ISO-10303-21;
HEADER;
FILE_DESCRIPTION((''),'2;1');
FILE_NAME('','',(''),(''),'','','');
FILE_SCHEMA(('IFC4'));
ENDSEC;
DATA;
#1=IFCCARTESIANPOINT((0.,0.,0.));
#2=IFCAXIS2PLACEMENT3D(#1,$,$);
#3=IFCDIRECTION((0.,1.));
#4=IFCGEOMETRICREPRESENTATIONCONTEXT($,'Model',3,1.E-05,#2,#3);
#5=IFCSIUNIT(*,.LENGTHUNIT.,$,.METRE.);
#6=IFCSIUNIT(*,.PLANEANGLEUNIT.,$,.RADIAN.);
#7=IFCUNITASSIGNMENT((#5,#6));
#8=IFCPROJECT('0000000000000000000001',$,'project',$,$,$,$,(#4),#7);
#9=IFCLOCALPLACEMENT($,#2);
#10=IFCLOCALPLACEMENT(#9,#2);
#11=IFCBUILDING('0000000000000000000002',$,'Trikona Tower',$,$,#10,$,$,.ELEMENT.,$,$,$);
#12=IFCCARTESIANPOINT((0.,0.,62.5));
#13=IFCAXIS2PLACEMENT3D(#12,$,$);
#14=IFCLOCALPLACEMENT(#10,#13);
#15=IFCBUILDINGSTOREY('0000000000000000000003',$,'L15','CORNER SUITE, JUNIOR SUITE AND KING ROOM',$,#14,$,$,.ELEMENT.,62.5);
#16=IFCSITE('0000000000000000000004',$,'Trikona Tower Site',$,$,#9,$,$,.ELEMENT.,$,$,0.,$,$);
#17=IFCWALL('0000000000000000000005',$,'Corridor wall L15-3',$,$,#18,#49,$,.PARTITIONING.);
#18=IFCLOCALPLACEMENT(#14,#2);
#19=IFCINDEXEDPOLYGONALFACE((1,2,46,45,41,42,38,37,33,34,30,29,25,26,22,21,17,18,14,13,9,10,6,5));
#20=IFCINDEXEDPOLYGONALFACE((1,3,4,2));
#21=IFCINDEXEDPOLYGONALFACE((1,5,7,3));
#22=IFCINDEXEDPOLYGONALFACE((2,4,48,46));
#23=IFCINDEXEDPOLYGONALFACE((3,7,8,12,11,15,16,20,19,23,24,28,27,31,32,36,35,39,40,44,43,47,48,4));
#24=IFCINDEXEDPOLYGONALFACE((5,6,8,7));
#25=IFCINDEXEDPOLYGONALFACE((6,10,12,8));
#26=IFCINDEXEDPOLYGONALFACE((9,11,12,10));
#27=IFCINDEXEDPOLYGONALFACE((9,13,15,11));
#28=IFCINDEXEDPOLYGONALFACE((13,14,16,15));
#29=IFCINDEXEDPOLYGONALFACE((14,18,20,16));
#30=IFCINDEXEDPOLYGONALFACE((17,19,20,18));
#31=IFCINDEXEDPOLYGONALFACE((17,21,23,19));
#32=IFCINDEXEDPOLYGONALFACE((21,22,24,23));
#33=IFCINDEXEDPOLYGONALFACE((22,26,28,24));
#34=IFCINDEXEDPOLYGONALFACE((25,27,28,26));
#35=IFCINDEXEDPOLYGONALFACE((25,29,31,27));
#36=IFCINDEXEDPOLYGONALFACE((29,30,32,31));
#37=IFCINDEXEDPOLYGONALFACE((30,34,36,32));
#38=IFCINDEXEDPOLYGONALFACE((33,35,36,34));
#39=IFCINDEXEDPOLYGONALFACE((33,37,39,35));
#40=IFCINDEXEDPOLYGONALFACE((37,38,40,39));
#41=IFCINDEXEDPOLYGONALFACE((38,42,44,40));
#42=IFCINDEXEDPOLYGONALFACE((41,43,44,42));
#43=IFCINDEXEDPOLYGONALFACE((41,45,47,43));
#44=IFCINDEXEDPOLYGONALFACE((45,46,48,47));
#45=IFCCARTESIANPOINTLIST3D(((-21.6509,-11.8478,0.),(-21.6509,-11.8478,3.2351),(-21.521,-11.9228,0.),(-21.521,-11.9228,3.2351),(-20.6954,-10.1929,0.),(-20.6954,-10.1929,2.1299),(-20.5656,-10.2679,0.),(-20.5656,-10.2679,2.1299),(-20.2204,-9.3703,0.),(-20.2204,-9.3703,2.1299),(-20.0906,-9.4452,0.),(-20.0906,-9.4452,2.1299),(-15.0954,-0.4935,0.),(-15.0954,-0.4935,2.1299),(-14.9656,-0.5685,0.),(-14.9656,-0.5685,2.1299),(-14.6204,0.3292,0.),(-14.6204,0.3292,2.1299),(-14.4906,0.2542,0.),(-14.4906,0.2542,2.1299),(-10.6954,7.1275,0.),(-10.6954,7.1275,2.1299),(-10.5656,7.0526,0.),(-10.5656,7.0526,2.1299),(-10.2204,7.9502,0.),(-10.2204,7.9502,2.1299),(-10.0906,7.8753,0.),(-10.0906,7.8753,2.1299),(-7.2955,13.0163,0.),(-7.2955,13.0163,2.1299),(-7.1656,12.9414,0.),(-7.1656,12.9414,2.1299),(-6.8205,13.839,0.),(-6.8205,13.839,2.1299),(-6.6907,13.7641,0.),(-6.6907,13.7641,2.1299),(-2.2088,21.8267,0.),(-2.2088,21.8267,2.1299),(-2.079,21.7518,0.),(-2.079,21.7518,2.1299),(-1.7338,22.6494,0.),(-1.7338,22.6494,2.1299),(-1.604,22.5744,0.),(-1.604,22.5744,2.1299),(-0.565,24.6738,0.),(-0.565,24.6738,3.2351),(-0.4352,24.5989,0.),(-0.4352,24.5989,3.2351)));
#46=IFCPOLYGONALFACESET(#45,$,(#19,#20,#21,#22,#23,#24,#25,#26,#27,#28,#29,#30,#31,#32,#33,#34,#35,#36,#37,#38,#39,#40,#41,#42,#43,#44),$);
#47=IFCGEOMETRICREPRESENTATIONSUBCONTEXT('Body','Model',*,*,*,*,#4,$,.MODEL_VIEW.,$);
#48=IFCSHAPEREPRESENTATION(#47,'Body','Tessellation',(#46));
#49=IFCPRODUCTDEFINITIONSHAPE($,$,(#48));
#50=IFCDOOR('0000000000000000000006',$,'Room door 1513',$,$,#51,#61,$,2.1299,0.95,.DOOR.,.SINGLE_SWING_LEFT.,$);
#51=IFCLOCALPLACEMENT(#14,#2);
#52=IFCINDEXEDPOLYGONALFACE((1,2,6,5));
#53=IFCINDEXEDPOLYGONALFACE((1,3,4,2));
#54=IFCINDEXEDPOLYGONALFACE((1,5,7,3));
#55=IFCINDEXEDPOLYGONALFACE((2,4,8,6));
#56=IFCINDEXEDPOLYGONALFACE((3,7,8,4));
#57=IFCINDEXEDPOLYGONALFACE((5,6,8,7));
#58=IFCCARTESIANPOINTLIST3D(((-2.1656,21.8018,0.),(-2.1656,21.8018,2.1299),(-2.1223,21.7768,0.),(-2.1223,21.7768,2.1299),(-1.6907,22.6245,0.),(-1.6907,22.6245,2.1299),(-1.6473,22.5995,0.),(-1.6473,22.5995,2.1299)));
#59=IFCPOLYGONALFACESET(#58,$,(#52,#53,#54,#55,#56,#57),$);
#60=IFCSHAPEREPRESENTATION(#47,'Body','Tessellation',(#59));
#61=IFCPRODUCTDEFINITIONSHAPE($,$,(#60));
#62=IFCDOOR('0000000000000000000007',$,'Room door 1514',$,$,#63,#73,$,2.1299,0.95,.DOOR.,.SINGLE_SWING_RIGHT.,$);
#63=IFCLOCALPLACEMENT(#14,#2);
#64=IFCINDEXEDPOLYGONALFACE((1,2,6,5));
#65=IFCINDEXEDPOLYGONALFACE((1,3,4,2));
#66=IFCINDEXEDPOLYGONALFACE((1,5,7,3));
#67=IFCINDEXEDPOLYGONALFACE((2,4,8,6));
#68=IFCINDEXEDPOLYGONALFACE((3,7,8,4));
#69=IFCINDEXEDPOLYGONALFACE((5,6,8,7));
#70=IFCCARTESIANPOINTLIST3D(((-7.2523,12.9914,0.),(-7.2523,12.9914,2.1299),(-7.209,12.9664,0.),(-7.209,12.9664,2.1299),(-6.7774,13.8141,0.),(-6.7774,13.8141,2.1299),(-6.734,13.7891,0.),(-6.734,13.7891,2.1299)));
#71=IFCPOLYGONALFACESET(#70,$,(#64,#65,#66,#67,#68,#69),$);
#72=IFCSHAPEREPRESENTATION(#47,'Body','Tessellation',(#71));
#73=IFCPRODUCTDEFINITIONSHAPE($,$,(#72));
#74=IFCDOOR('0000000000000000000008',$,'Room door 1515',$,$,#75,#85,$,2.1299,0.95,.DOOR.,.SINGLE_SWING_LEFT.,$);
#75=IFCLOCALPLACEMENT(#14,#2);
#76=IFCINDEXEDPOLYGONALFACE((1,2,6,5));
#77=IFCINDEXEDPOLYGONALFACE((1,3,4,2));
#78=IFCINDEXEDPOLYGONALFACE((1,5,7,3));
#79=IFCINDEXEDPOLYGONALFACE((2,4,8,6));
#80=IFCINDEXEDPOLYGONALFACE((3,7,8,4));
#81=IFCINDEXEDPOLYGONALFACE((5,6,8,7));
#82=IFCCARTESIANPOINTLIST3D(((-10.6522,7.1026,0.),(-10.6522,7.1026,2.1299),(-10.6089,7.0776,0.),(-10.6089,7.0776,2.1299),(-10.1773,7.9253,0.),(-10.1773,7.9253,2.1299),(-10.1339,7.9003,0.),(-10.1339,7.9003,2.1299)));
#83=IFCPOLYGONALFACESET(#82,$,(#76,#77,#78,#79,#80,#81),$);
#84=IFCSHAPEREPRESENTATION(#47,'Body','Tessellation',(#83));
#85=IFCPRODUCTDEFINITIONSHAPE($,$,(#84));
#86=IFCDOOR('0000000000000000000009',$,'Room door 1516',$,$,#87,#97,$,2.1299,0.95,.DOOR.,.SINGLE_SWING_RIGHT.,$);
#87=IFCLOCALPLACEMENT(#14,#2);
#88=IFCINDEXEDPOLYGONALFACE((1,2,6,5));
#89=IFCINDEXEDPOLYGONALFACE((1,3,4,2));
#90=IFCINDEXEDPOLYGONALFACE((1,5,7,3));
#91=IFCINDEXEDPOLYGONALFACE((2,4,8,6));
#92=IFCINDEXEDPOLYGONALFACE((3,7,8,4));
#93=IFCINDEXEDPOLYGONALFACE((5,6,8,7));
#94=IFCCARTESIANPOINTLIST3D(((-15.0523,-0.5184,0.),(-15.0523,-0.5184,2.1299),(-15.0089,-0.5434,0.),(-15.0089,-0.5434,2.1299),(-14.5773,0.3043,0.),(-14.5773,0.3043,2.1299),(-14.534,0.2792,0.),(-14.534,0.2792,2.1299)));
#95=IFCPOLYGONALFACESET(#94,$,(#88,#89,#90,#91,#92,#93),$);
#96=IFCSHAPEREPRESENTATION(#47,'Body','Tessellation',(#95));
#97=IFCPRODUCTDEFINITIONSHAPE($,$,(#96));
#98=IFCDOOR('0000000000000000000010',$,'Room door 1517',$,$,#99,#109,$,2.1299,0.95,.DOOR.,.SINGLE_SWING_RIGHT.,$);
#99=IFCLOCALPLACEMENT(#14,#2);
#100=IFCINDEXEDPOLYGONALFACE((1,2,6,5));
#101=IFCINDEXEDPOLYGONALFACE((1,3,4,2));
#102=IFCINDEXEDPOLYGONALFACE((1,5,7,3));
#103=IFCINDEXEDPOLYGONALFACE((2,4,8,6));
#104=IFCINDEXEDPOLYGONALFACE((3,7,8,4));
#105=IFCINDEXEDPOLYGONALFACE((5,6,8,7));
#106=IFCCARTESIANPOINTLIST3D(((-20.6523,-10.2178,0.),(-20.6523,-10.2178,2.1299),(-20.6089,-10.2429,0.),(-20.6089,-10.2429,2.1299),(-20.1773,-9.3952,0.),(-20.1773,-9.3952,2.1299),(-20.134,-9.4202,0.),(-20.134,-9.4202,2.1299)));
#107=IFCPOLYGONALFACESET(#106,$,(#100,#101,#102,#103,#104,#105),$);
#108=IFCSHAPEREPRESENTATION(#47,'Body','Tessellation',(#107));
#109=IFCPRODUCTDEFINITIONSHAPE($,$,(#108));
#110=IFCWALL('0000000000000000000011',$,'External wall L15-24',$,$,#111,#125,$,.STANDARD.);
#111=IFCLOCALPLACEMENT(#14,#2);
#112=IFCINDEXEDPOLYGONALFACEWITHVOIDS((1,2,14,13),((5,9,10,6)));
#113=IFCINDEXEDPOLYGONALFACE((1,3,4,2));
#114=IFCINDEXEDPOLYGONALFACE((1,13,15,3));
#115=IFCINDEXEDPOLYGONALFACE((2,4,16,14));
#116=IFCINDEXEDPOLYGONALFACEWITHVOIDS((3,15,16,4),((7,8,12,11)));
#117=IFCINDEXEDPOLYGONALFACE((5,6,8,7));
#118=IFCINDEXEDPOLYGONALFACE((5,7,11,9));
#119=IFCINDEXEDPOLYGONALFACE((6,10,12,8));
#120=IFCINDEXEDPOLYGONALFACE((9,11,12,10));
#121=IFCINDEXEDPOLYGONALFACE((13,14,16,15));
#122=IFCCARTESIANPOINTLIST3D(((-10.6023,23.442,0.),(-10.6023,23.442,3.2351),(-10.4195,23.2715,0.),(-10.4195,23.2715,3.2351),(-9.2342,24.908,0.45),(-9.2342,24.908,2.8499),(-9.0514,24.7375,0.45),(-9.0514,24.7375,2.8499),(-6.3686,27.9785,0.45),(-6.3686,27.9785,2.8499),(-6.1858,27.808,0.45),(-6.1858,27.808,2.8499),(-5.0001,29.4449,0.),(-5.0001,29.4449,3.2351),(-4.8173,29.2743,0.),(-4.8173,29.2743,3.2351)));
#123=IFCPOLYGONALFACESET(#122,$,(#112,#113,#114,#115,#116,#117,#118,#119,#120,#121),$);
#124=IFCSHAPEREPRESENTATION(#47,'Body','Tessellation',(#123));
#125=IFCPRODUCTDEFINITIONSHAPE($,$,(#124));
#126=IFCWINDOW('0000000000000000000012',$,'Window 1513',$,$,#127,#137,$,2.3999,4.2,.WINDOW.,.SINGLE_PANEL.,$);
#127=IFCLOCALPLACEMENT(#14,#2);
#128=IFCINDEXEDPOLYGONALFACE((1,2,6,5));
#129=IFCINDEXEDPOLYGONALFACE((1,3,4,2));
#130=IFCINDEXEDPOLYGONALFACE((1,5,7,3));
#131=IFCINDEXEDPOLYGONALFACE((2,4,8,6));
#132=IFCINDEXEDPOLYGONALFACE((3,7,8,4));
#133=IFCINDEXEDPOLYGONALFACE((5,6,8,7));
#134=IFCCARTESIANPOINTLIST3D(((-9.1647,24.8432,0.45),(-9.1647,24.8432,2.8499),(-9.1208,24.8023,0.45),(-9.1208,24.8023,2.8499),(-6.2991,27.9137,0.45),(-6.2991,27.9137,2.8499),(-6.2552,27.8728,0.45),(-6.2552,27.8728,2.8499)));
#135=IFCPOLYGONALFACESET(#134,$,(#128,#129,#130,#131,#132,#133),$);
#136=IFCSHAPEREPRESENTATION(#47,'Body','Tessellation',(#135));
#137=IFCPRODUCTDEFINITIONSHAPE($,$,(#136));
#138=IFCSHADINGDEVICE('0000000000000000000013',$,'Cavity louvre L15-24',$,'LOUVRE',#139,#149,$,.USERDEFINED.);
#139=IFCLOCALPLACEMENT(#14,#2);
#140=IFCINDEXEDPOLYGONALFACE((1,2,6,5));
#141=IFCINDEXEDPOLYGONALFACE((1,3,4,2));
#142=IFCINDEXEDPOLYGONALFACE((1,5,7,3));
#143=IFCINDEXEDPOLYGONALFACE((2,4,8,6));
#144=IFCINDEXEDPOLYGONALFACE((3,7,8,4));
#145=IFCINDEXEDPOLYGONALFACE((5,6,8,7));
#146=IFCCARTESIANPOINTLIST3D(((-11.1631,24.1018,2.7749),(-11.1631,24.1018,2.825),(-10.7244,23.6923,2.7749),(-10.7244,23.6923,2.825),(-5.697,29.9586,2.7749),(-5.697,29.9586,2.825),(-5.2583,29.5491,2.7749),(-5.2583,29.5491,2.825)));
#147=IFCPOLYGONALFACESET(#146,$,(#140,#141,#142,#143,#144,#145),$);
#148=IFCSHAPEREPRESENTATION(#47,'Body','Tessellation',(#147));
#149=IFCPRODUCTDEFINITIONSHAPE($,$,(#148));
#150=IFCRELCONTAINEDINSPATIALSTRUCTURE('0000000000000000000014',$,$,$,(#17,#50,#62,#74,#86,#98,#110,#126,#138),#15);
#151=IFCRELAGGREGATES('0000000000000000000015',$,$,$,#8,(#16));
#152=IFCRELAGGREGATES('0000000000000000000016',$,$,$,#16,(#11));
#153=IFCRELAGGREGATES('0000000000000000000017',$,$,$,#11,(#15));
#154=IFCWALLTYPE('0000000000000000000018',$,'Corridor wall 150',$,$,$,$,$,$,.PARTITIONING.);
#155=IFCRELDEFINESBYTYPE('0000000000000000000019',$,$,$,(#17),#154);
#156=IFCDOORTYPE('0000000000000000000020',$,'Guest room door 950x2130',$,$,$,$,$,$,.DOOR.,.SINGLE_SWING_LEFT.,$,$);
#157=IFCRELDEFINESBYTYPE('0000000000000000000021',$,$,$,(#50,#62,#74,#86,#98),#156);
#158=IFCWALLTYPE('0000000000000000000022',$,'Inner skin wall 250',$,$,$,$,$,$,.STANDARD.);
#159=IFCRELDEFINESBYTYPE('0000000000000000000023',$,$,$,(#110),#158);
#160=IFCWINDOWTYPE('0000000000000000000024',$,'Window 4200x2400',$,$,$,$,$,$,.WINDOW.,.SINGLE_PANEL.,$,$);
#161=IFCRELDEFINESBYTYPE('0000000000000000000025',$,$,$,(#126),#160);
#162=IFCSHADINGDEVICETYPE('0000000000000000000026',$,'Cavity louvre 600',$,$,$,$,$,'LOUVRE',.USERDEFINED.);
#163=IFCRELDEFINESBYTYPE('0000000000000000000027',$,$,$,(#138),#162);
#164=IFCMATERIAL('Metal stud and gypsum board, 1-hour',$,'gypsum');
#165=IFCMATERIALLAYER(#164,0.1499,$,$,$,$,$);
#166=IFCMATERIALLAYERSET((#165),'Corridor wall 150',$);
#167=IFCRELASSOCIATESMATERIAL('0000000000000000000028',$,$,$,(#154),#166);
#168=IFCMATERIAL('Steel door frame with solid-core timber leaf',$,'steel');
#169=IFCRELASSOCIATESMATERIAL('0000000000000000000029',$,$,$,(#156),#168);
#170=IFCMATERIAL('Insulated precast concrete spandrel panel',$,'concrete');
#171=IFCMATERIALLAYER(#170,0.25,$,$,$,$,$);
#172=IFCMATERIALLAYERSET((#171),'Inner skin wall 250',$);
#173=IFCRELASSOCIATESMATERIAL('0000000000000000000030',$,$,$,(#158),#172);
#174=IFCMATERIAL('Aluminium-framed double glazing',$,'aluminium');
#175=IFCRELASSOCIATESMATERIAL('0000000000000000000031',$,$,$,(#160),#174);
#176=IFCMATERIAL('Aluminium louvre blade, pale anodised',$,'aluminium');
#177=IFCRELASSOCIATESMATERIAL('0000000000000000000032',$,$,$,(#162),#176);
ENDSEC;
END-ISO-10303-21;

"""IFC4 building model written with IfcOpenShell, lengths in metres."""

from ifc_helpers import new_model, si_unit, direction, frame, frame_2d, origin, origin_2d, place, context, subcontext, project, spatial, rectangle, extrude, material, layer, layer_set, type_object, element, fill, save


model = new_model("IFC4")

# Units and contexts
model_context = context("Model", 3, precision=1e-05, world=origin(), true_north=direction((0.0, 1.0)))
body_context = subcontext(model_context, "Body", "Model", "MODEL_VIEW")
ifc_project = project(units=[si_unit("LENGTHUNIT", "METRE"), si_unit("PLANEANGLEUNIT", "RADIAN")], contexts=[model_context])

# Site, building, storey
site_placement = place(None, origin())
site = spatial("IfcSite", under=ifc_project, at=site_placement, Name="Trikona Tower Site", CompositionType="ELEMENT", RefElevation=0.0)
building_placement = place(site_placement, origin())
building = spatial("IfcBuilding", under=site, at=building_placement, Name="Trikona Tower", CompositionType="ELEMENT")
storey_placement = place(building_placement, frame((0.0, 0.0, 62.5)))
storey = spatial("IfcBuildingStorey", under=building, at=storey_placement, Name="L15", Description="CORNER SUITE, JUNIOR SUITE AND KING ROOM", CompositionType="ELEMENT", Elevation=62.5)

# Wall, openings, doors
ifc_material_1 = material(Name="Metal stud and gypsum board, 1-hour", Category="gypsum")
ifc_layer_1 = layer(ifc_material_1, 0.1499)
ifc_layer_set_1 = layer_set([ifc_layer_1], Name="Corridor wall 150")
wall_type_1 = type_object("IfcWallType", Name="Corridor wall 150", PredefinedType="PARTITIONING", material=ifc_layer_set_1)
wall_1_placement = place(storey_placement, frame((-0.5, 24.6365, 0.0), z_axis=(0.0, 0.0, 1.0), x_axis=(-0.500002, -0.866024, 0.0)))
wall_1 = element("IfcWall", 1, at=wall_1_placement, inside=storey, type_object=wall_type_1, Name="Corridor wall L15-3", PredefinedType="PARTITIONING", context=body_context, shape_type="SweptSolid", body=[
    extrude(rectangle(XDim=42.1716, YDim=0.1499, at=frame_2d((21.0859, 0.0))), origin(), (0.0, 0.0, 1.0), 3.2351),
])
opening_1_placement = place(wall_1_placement, frame((2.3376, 0.0, 0.0)))
opening_1 = element("IfcOpeningElement", 2, at=opening_1_placement, cuts=wall_1, PredefinedType="OPENING", context=body_context, shape_type="SweptSolid", body=[
    extrude(rectangle(XDim=0.95, YDim=2.1299, at=frame_2d((0.4751, 1.0649))), frame((0.0, 0.085, 0.0), z_axis=(0.0, -1.0, 0.0), x_axis=(1.0, 0.0, 0.0)), (0.0, 0.0, 1.0), 0.1699),
])
opening_2_placement = place(wall_1_placement, frame((12.511, 0.0, 0.0)))
opening_2 = element("IfcOpeningElement", 3, at=opening_2_placement, cuts=wall_1, PredefinedType="OPENING", context=body_context, shape_type="SweptSolid", body=[
    extrude(rectangle(XDim=0.95, YDim=2.1299, at=frame_2d((0.4751, 1.0649))), frame((0.0, 0.085, 0.0), z_axis=(0.0, -1.0, 0.0), x_axis=(1.0, 0.0, 0.0)), (0.0, 0.0, 1.0), 0.1699),
])
opening_3_placement = place(wall_1_placement, frame((19.3108, 0.0, 0.0)))
opening_3 = element("IfcOpeningElement", 4, at=opening_3_placement, cuts=wall_1, PredefinedType="OPENING", context=body_context, shape_type="SweptSolid", body=[
    extrude(rectangle(XDim=0.95, YDim=2.1299, at=frame_2d((0.4751, 1.0649))), frame((0.0, 0.085, 0.0), z_axis=(0.0, -1.0, 0.0), x_axis=(1.0, 0.0, 0.0)), (0.0, 0.0, 1.0), 0.1699),
])
opening_4_placement = place(wall_1_placement, frame((28.1108, 0.0, 0.0)))
opening_4 = element("IfcOpeningElement", 5, at=opening_4_placement, cuts=wall_1, PredefinedType="OPENING", context=body_context, shape_type="SweptSolid", body=[
    extrude(rectangle(XDim=0.95, YDim=2.1299, at=frame_2d((0.4751, 1.0649))), frame((0.0, 0.085, 0.0), z_axis=(0.0, -1.0, 0.0), x_axis=(1.0, 0.0, 0.0)), (0.0, 0.0, 1.0), 0.1699),
])
opening_5_placement = place(wall_1_placement, frame((39.3108, 0.0, 0.0)))
opening_5 = element("IfcOpeningElement", 6, at=opening_5_placement, cuts=wall_1, PredefinedType="OPENING", context=body_context, shape_type="SweptSolid", body=[
    extrude(rectangle(XDim=0.95, YDim=2.1299, at=frame_2d((0.4751, 1.0649))), frame((0.0, 0.085, 0.0), z_axis=(0.0, -1.0, 0.0), x_axis=(1.0, 0.0, 0.0)), (0.0, 0.0, 1.0), 0.1699),
])
ifc_material_2 = material(Name="Steel door frame with solid-core timber leaf", Category="steel")
door_type = type_object("IfcDoorType", Name="Guest room door 950x2130", OperationType="SINGLE_SWING_LEFT", PredefinedType="DOOR", material=ifc_material_2)
door_1_placement = place(opening_1_placement, origin())
door_1 = element("IfcDoor", 7, at=door_1_placement, inside=storey, type_object=door_type, Name="Room door 1513", OperationType="SINGLE_SWING_LEFT", OverallHeight=2.1299, OverallWidth=0.95, PredefinedType="DOOR", context=body_context, shape_type="SweptSolid", body=[
    extrude(rectangle(XDim=0.95, YDim=2.1299, at=frame_2d((0.4751, 1.0649))), frame((0.0, 0.0249, 0.0), z_axis=(0.0, -1.0, 0.0), x_axis=(1.0, 0.0, 0.0)), (0.0, 0.0, 1.0), 0.05),
])
fill(opening_1, door_1)
door_2_placement = place(opening_2_placement, origin())
door_2 = element("IfcDoor", 8, at=door_2_placement, inside=storey, type_object=door_type, Name="Room door 1514", OperationType="SINGLE_SWING_RIGHT", OverallHeight=2.1299, OverallWidth=0.95, PredefinedType="DOOR", context=body_context, shape_type="SweptSolid", body=[
    extrude(rectangle(XDim=0.95, YDim=2.1299, at=frame_2d((0.4751, 1.0649))), frame((0.0, 0.0249, 0.0), z_axis=(0.0, -1.0, 0.0), x_axis=(1.0, 0.0, 0.0)), (0.0, 0.0, 1.0), 0.05),
])
fill(opening_2, door_2)
door_3_placement = place(opening_3_placement, origin())
door_3 = element("IfcDoor", 9, at=door_3_placement, inside=storey, type_object=door_type, Name="Room door 1515", OperationType="SINGLE_SWING_LEFT", OverallHeight=2.1299, OverallWidth=0.95, PredefinedType="DOOR", context=body_context, shape_type="SweptSolid", body=[
    extrude(rectangle(XDim=0.95, YDim=2.1299, at=frame_2d((0.4751, 1.0649))), frame((0.0, 0.0249, 0.0), z_axis=(0.0, -1.0, 0.0), x_axis=(1.0, 0.0, 0.0)), (0.0, 0.0, 1.0), 0.05),
])
fill(opening_3, door_3)
door_4_placement = place(opening_4_placement, origin())
door_4 = element("IfcDoor", 10, at=door_4_placement, inside=storey, type_object=door_type, Name="Room door 1516", OperationType="SINGLE_SWING_RIGHT", OverallHeight=2.1299, OverallWidth=0.95, PredefinedType="DOOR", context=body_context, shape_type="SweptSolid", body=[
    extrude(rectangle(XDim=0.95, YDim=2.1299, at=frame_2d((0.4751, 1.0649))), frame((0.0, 0.0249, 0.0), z_axis=(0.0, -1.0, 0.0), x_axis=(1.0, 0.0, 0.0)), (0.0, 0.0, 1.0), 0.05),
])
fill(opening_4, door_4)
door_5_placement = place(opening_5_placement, origin())
door_5 = element("IfcDoor", 11, at=door_5_placement, inside=storey, type_object=door_type, Name="Room door 1517", OperationType="SINGLE_SWING_RIGHT", OverallHeight=2.1299, OverallWidth=0.95, PredefinedType="DOOR", context=body_context, shape_type="SweptSolid", body=[
    extrude(rectangle(XDim=0.95, YDim=2.1299, at=frame_2d((0.4751, 1.0649))), frame((0.0, 0.0249, 0.0), z_axis=(0.0, -1.0, 0.0), x_axis=(1.0, 0.0, 0.0)), (0.0, 0.0, 1.0), 0.05),
])
fill(opening_5, door_5)

# Wall, opening, window
ifc_material_3 = material(Name="Insulated precast concrete spandrel panel", Category="concrete")
ifc_layer_2 = layer(ifc_material_3, 0.25)
ifc_layer_set_2 = layer_set([ifc_layer_2], Name="Inner skin wall 250")
wall_type_2 = type_object("IfcWallType", Name="Inner skin wall 250", PredefinedType="STANDARD", material=ifc_layer_set_2)
wall_2_placement = place(storey_placement, frame((-4.9087, 29.3596, 0.0), z_axis=(0.0, 0.0, 1.0), x_axis=(-0.68229, -0.731082, 0.0)))
wall_2 = element("IfcWall", 12, at=wall_2_placement, inside=storey, type_object=wall_type_2, Name="External wall L15-24", PredefinedType="STANDARD", context=body_context, shape_type="SweptSolid", body=[
    extrude(rectangle(XDim=8.2109, YDim=0.25, at=frame_2d((4.1055, 0.0))), origin(), (0.0, 0.0, 1.0), 3.2351),
])
opening_6_placement = place(wall_2_placement, frame((2.0056, 0.0, 0.45)))
opening_6 = element("IfcOpeningElement", 13, at=opening_6_placement, cuts=wall_2, PredefinedType="OPENING", context=body_context, shape_type="SweptSolid", body=[
    extrude(rectangle(XDim=4.2, YDim=2.3999, at=frame_2d((2.1001, 1.2))), frame((0.0, 0.135, 0.0), z_axis=(0.0, -1.0, 0.0), x_axis=(1.0, 0.0, 0.0)), (0.0, 0.0, 1.0), 0.27),
])
ifc_material_4 = material(Name="Aluminium-framed double glazing", Category="aluminium")
window_type_1 = type_object("IfcWindowType", Name="Window 4200x2400", PartitioningType="SINGLE_PANEL", PredefinedType="WINDOW", material=ifc_material_4)
window_1_placement = place(opening_6_placement, origin())
window_1 = element("IfcWindow", 14, at=window_1_placement, inside=storey, type_object=window_type_1, Name="Window 1513", OverallHeight=2.3999, OverallWidth=4.2, PartitioningType="SINGLE_PANEL", PredefinedType="WINDOW", context=body_context, shape_type="SweptSolid", body=[
    extrude(rectangle(XDim=4.2, YDim=2.3999, at=frame_2d((2.1001, 1.2))), frame((0.0, 0.03, 0.0), z_axis=(0.0, -1.0, 0.0), x_axis=(1.0, 0.0, 0.0)), (0.0, 0.0, 1.0), 0.0601),
])
fill(opening_6, window_1)

# Shading device
ifc_material_5 = material(Name="Aluminium louvre blade, pale anodised", Category="aluminium")
shading_device_type = type_object("IfcShadingDeviceType", Name="Cavity louvre 600", ElementType="LOUVRE", PredefinedType="USERDEFINED", material=ifc_material_5)
shading_device_placement = place(storey_placement, frame((-8.2107, 26.8254, 2.7749), z_axis=(0.0, 0.0, 1.0), x_axis=(-0.682298, -0.731074, 0.0)))
element("IfcShadingDevice", 15, at=shading_device_placement, inside=storey, type_object=shading_device_type, Name="Cavity louvre L15-24", ObjectType="LOUVRE", PredefinedType="USERDEFINED", context=body_context, shape_type="SweptSolid", body=[
    extrude(rectangle(XDim=8.0112, YDim=0.6001, at=origin_2d()), origin(), (0.0, 0.0, 1.0), 0.05),
])

save(model, "model.ifc")
